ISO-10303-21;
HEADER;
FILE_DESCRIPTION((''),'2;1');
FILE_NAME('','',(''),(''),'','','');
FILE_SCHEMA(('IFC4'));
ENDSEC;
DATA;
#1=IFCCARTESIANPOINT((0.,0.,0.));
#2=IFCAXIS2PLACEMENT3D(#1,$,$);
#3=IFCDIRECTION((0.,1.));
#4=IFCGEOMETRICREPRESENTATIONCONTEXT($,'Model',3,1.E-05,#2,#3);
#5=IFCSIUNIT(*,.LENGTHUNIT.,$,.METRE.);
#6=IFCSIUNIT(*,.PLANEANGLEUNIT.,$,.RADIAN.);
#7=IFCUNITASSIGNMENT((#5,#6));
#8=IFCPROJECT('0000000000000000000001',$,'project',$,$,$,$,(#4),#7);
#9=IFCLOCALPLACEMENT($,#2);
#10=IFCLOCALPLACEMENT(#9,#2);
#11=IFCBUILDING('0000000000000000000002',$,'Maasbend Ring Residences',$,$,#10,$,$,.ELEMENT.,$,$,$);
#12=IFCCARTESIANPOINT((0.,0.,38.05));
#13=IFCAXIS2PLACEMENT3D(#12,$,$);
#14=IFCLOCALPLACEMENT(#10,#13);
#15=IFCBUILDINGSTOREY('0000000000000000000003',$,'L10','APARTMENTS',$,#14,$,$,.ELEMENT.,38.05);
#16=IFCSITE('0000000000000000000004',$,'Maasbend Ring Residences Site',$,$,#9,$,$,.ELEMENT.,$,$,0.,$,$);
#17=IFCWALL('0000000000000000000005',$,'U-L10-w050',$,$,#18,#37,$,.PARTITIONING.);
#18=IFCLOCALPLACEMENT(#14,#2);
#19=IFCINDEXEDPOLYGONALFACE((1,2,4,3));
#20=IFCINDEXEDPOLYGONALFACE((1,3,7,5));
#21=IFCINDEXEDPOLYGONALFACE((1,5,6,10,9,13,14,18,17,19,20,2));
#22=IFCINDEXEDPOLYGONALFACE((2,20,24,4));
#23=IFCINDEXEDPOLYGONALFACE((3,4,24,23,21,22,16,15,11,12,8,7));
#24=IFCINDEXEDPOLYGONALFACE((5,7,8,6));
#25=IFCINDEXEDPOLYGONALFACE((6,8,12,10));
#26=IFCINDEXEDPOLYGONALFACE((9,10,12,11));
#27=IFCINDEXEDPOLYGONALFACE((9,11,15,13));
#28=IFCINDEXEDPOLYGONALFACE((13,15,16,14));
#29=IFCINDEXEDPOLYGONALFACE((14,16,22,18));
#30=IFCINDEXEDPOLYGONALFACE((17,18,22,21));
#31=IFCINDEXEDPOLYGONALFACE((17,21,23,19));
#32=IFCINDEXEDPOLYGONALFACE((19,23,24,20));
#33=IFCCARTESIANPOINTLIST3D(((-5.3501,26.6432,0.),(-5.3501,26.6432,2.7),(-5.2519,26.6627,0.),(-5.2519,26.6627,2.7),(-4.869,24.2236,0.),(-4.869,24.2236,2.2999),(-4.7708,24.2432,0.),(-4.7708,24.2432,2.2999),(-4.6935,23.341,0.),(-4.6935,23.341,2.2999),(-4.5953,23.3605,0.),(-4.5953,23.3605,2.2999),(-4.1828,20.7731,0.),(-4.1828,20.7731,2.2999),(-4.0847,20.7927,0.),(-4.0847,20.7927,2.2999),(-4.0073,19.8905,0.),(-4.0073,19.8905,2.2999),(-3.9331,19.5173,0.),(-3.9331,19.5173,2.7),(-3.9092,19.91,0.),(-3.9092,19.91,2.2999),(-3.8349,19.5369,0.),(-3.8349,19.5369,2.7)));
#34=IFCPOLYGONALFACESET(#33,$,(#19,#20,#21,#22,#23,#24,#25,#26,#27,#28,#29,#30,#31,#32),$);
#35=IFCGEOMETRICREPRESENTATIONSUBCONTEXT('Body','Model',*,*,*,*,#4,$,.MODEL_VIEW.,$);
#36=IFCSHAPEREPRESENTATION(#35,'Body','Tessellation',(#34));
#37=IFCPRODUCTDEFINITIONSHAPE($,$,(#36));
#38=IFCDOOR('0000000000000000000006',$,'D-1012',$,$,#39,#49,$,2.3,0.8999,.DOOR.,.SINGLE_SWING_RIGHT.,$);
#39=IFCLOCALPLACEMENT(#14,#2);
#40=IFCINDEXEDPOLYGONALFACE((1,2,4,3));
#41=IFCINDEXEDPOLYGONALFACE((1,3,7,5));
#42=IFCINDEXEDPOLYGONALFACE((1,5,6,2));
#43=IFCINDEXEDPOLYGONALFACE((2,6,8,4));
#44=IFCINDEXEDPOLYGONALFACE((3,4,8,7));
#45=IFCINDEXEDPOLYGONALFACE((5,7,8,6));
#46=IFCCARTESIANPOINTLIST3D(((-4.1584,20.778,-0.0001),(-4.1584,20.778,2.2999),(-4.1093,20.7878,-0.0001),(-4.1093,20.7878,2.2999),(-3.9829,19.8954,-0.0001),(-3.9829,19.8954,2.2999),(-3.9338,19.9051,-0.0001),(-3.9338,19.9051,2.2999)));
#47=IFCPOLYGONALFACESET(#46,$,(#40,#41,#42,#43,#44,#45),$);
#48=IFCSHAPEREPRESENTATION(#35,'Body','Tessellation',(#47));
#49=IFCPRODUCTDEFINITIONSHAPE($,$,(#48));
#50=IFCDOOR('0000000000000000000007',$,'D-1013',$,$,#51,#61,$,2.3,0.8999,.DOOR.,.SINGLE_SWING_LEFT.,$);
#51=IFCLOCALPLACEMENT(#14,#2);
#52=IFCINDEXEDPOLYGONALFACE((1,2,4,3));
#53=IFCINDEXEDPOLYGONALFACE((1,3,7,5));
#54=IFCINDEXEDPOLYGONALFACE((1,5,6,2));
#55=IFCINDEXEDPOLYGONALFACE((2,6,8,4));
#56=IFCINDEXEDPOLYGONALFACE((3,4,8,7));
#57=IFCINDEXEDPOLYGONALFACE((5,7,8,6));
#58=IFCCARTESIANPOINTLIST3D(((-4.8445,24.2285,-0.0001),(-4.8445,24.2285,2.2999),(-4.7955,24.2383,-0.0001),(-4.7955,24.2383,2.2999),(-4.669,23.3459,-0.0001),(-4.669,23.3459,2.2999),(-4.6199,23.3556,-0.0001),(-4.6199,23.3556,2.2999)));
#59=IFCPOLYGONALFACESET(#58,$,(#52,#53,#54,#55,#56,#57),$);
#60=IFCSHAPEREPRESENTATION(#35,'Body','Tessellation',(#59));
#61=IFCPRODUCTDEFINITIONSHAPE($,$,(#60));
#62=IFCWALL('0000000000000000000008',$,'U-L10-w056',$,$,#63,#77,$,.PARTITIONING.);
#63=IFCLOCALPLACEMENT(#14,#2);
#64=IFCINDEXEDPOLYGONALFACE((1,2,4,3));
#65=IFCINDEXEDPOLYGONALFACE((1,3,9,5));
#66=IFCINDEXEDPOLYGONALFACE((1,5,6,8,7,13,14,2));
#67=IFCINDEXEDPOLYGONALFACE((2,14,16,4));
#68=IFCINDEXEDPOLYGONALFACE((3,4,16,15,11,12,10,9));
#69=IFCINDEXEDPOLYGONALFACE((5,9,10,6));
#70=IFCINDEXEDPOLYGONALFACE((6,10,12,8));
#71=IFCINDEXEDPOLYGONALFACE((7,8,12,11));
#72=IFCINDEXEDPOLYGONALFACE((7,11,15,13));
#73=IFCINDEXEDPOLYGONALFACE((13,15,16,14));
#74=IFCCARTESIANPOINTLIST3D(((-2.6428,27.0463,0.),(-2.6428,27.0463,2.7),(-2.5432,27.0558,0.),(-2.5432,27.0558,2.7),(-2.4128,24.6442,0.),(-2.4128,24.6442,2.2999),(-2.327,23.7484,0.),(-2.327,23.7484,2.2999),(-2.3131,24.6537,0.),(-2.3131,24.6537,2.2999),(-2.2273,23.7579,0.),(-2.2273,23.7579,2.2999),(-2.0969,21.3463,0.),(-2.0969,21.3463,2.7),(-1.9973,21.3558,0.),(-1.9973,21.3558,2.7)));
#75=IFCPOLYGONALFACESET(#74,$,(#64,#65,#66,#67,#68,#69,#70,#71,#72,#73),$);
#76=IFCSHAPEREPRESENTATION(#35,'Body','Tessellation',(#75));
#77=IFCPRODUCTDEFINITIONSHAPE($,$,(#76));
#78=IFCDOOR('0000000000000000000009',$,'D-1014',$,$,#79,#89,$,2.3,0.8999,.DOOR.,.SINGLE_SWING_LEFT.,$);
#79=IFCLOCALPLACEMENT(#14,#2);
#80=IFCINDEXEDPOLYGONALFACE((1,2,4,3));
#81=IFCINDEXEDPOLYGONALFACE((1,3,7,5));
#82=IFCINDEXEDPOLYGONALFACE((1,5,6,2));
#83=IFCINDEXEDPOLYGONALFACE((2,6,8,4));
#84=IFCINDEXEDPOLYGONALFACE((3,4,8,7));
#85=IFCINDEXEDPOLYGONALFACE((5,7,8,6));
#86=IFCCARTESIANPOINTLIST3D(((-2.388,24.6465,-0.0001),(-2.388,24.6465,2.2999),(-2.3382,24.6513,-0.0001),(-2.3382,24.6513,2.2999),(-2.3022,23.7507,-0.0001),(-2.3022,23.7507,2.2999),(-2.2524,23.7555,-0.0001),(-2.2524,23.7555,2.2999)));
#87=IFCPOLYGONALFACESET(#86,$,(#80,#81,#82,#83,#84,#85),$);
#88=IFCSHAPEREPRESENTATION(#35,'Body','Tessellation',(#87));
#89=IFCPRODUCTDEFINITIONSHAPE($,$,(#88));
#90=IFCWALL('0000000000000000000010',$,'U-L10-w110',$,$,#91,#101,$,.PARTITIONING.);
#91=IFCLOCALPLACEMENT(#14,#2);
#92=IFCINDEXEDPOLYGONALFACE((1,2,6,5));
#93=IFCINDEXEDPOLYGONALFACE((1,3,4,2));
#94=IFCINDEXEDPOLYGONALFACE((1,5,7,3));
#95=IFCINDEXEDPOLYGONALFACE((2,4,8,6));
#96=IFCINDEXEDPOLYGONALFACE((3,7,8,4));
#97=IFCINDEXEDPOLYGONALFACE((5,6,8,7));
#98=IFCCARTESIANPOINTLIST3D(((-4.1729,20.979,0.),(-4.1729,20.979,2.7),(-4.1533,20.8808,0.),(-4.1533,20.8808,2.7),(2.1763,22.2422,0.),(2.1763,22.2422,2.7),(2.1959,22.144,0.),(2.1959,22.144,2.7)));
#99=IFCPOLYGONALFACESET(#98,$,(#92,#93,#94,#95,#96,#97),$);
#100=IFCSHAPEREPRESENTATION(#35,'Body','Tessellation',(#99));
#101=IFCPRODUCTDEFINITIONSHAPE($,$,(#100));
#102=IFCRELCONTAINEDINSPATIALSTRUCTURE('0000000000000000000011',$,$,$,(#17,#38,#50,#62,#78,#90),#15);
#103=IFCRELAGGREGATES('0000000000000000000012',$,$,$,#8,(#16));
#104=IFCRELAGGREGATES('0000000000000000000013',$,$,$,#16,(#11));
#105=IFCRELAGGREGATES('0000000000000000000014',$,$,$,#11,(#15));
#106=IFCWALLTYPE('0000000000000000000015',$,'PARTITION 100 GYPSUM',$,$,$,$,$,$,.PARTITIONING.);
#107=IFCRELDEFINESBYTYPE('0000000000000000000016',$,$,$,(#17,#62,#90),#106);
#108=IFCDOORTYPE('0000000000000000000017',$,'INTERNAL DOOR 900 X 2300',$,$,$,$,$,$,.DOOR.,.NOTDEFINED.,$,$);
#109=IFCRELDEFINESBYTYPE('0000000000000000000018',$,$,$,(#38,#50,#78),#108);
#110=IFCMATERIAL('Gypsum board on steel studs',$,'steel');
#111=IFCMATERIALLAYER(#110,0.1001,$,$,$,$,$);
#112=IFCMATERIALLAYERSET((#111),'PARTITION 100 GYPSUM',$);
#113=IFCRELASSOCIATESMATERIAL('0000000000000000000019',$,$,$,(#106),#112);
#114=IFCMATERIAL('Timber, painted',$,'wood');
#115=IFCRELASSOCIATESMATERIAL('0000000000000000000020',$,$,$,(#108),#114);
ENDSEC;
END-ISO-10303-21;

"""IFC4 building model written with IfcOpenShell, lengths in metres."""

from ifc_helpers import new_model, si_unit, direction, frame, frame_2d, origin, place, context, subcontext, project, spatial, rectangle, extrude, material, layer, layer_set, type_object, element, fill, save


model = new_model("IFC4")

# Units and contexts
model_context = context("Model", 3, precision=1e-05, world=origin(), true_north=direction((0.0, 1.0)))
body_context = subcontext(model_context, "Body", "Model", "MODEL_VIEW")
ifc_project = project(units=[si_unit("LENGTHUNIT", "METRE"), si_unit("PLANEANGLEUNIT", "RADIAN")], contexts=[model_context])

# Site, building, storey
site_placement = place(None, origin())
site = spatial("IfcSite", under=ifc_project, at=site_placement, Name="Maasbend Ring Residences Site", CompositionType="ELEMENT", RefElevation=0.0)
building_placement = place(site_placement, origin())
building = spatial("IfcBuilding", under=site, at=building_placement, Name="Maasbend Ring Residences", CompositionType="ELEMENT")
storey_placement = place(building_placement, frame((0.0, 0.0, 38.05)))
storey = spatial("IfcBuildingStorey", under=building, at=storey_placement, Name="L10", Description="APARTMENTS", CompositionType="ELEMENT", Elevation=38.05)

# Shared definitions
ifc_material_1 = material(Name="Gypsum board on steel studs", Category="steel")
ifc_layer_1 = layer(ifc_material_1, 0.1001)
ifc_layer_set_1 = layer_set([ifc_layer_1], Name="PARTITION 100 GYPSUM")
wall_type_1 = type_object("IfcWallType", Name="PARTITION 100 GYPSUM", PredefinedType="PARTITIONING", material=ifc_layer_set_1)
ifc_material_2 = material(Name="Timber, painted", Category="wood")
door_type_1 = type_object("IfcDoorType", Name="INTERNAL DOOR 900 X 2300", OperationType="NOTDEFINED", PredefinedType="DOOR", material=ifc_material_2)

# Wall, openings, doors
wall_1_placement = place(storey_placement, frame((-5.301, 26.6531, 0.0), z_axis=(0.0, 0.0, 1.0), x_axis=(0.19503, -0.980797, 0.0)))
wall_1 = element("IfcWall", 1, at=wall_1_placement, inside=storey, type_object=wall_type_1, Name="U-L10-w050", PredefinedType="PARTITIONING", context=body_context, shape_type="SweptSolid", body=[
    extrude(rectangle(XDim=7.2654, YDim=0.1001, at=frame_2d((3.6328, 0.0))), origin(), (0.0, 0.0, 1.0), 2.7),
])
opening_1_placement = place(wall_1_placement, frame((5.9851, 0.0, 0.0)))
opening_1 = element("IfcOpeningElement", 2, at=opening_1_placement, cuts=wall_1, PredefinedType="OPENING", context=body_context, shape_type="SweptSolid", body=[
    extrude(rectangle(XDim=0.8999, YDim=2.3, at=frame_2d((0.45, 1.1499))), frame((0.0, 0.0601, 0.0), z_axis=(0.0, -1.0, 0.0), x_axis=(1.0, 0.0, 0.0)), (0.0, 0.0, 1.0), 0.1201),
])
opening_2_placement = place(wall_1_placement, frame((2.467, 0.0, 0.0)))
opening_2 = element("IfcOpeningElement", 3, at=opening_2_placement, cuts=wall_1, PredefinedType="OPENING", context=body_context, shape_type="SweptSolid", body=[
    extrude(rectangle(XDim=0.8999, YDim=2.3, at=frame_2d((0.45, 1.1499))), frame((0.0, 0.0601, 0.0), z_axis=(0.0, -1.0, 0.0), x_axis=(1.0, 0.0, 0.0)), (0.0, 0.0, 1.0), 0.1201),
])
door_1_placement = place(opening_1_placement, origin())
door_1 = element("IfcDoor", 4, at=door_1_placement, inside=storey, type_object=door_type_1, Name="D-1012", OperationType="SINGLE_SWING_RIGHT", OverallHeight=2.3, OverallWidth=0.8999, PredefinedType="DOOR", context=body_context, shape_type="SweptSolid", body=[
    extrude(rectangle(XDim=0.8999, YDim=2.3, at=frame_2d((0.45, 1.1499))), frame((0.0, 0.0249, 0.0), z_axis=(0.0, -1.0, 0.0), x_axis=(1.0, 0.0, 0.0)), (0.0, 0.0, 1.0), 0.05),
])
fill(opening_1, door_1)
door_2_placement = place(opening_2_placement, origin())
door_2 = element("IfcDoor", 5, at=door_2_placement, inside=storey, type_object=door_type_1, Name="D-1013", OperationType="SINGLE_SWING_LEFT", OverallHeight=2.3, OverallWidth=0.8999, PredefinedType="DOOR", context=body_context, shape_type="SweptSolid", body=[
    extrude(rectangle(XDim=0.8999, YDim=2.3, at=frame_2d((0.45, 1.1499))), frame((0.0, 0.0249, 0.0), z_axis=(0.0, -1.0, 0.0), x_axis=(1.0, 0.0, 0.0)), (0.0, 0.0, 1.0), 0.05),
])
fill(opening_2, door_2)

# Wall, opening, door
wall_2_placement = place(storey_placement, frame((-2.593, 27.051, 0.0), z_axis=(0.0, 0.0, 1.0), x_axis=(0.095336, -0.995445, 0.0)))
wall_2 = element("IfcWall", 6, at=wall_2_placement, inside=storey, type_object=wall_type_1, Name="U-L10-w056", PredefinedType="PARTITIONING", context=body_context, shape_type="SweptSolid", body=[
    extrude(rectangle(XDim=5.7261, YDim=0.1001, at=frame_2d((2.863, 0.0))), origin(), (0.0, 0.0, 1.0), 2.7),
])
opening_3_placement = place(wall_2_placement, frame((2.4131, 0.0, 0.0)))
opening_3 = element("IfcOpeningElement", 7, at=opening_3_placement, cuts=wall_2, PredefinedType="OPENING", context=body_context, shape_type="SweptSolid", body=[
    extrude(rectangle(XDim=0.8999, YDim=2.3, at=frame_2d((0.45, 1.1499))), frame((0.0, 0.0601, 0.0), z_axis=(0.0, -1.0, 0.0), x_axis=(1.0, 0.0, 0.0)), (0.0, 0.0, 1.0), 0.1201),
])
door_3_placement = place(opening_3_placement, origin())
door_3 = element("IfcDoor", 8, at=door_3_placement, inside=storey, type_object=door_type_1, Name="D-1014", OperationType="SINGLE_SWING_LEFT", OverallHeight=2.3, OverallWidth=0.8999, PredefinedType="DOOR", context=body_context, shape_type="SweptSolid", body=[
    extrude(rectangle(XDim=0.8999, YDim=2.3, at=frame_2d((0.45, 1.1499))), frame((0.0, 0.0249, 0.0), z_axis=(0.0, -1.0, 0.0), x_axis=(1.0, 0.0, 0.0)), (0.0, 0.0, 1.0), 0.05),
])
fill(opening_3, door_3)

# Wall
wall_3_placement = place(storey_placement, frame((-4.1631, 20.9299, 0.0), z_axis=(0.0, 0.0, 1.0), x_axis=(0.980777, 0.19513, 0.0)))
element("IfcWall", 9, at=wall_3_placement, inside=storey, type_object=wall_type_1, Name="U-L10-w110", PredefinedType="PARTITIONING", context=body_context, shape_type="SweptSolid", body=[
    extrude(rectangle(XDim=6.4736, YDim=0.1001, at=frame_2d((3.2368, 0.0))), origin(), (0.0, 0.0, 1.0), 2.7),
])

save(model, "model.ifc")
